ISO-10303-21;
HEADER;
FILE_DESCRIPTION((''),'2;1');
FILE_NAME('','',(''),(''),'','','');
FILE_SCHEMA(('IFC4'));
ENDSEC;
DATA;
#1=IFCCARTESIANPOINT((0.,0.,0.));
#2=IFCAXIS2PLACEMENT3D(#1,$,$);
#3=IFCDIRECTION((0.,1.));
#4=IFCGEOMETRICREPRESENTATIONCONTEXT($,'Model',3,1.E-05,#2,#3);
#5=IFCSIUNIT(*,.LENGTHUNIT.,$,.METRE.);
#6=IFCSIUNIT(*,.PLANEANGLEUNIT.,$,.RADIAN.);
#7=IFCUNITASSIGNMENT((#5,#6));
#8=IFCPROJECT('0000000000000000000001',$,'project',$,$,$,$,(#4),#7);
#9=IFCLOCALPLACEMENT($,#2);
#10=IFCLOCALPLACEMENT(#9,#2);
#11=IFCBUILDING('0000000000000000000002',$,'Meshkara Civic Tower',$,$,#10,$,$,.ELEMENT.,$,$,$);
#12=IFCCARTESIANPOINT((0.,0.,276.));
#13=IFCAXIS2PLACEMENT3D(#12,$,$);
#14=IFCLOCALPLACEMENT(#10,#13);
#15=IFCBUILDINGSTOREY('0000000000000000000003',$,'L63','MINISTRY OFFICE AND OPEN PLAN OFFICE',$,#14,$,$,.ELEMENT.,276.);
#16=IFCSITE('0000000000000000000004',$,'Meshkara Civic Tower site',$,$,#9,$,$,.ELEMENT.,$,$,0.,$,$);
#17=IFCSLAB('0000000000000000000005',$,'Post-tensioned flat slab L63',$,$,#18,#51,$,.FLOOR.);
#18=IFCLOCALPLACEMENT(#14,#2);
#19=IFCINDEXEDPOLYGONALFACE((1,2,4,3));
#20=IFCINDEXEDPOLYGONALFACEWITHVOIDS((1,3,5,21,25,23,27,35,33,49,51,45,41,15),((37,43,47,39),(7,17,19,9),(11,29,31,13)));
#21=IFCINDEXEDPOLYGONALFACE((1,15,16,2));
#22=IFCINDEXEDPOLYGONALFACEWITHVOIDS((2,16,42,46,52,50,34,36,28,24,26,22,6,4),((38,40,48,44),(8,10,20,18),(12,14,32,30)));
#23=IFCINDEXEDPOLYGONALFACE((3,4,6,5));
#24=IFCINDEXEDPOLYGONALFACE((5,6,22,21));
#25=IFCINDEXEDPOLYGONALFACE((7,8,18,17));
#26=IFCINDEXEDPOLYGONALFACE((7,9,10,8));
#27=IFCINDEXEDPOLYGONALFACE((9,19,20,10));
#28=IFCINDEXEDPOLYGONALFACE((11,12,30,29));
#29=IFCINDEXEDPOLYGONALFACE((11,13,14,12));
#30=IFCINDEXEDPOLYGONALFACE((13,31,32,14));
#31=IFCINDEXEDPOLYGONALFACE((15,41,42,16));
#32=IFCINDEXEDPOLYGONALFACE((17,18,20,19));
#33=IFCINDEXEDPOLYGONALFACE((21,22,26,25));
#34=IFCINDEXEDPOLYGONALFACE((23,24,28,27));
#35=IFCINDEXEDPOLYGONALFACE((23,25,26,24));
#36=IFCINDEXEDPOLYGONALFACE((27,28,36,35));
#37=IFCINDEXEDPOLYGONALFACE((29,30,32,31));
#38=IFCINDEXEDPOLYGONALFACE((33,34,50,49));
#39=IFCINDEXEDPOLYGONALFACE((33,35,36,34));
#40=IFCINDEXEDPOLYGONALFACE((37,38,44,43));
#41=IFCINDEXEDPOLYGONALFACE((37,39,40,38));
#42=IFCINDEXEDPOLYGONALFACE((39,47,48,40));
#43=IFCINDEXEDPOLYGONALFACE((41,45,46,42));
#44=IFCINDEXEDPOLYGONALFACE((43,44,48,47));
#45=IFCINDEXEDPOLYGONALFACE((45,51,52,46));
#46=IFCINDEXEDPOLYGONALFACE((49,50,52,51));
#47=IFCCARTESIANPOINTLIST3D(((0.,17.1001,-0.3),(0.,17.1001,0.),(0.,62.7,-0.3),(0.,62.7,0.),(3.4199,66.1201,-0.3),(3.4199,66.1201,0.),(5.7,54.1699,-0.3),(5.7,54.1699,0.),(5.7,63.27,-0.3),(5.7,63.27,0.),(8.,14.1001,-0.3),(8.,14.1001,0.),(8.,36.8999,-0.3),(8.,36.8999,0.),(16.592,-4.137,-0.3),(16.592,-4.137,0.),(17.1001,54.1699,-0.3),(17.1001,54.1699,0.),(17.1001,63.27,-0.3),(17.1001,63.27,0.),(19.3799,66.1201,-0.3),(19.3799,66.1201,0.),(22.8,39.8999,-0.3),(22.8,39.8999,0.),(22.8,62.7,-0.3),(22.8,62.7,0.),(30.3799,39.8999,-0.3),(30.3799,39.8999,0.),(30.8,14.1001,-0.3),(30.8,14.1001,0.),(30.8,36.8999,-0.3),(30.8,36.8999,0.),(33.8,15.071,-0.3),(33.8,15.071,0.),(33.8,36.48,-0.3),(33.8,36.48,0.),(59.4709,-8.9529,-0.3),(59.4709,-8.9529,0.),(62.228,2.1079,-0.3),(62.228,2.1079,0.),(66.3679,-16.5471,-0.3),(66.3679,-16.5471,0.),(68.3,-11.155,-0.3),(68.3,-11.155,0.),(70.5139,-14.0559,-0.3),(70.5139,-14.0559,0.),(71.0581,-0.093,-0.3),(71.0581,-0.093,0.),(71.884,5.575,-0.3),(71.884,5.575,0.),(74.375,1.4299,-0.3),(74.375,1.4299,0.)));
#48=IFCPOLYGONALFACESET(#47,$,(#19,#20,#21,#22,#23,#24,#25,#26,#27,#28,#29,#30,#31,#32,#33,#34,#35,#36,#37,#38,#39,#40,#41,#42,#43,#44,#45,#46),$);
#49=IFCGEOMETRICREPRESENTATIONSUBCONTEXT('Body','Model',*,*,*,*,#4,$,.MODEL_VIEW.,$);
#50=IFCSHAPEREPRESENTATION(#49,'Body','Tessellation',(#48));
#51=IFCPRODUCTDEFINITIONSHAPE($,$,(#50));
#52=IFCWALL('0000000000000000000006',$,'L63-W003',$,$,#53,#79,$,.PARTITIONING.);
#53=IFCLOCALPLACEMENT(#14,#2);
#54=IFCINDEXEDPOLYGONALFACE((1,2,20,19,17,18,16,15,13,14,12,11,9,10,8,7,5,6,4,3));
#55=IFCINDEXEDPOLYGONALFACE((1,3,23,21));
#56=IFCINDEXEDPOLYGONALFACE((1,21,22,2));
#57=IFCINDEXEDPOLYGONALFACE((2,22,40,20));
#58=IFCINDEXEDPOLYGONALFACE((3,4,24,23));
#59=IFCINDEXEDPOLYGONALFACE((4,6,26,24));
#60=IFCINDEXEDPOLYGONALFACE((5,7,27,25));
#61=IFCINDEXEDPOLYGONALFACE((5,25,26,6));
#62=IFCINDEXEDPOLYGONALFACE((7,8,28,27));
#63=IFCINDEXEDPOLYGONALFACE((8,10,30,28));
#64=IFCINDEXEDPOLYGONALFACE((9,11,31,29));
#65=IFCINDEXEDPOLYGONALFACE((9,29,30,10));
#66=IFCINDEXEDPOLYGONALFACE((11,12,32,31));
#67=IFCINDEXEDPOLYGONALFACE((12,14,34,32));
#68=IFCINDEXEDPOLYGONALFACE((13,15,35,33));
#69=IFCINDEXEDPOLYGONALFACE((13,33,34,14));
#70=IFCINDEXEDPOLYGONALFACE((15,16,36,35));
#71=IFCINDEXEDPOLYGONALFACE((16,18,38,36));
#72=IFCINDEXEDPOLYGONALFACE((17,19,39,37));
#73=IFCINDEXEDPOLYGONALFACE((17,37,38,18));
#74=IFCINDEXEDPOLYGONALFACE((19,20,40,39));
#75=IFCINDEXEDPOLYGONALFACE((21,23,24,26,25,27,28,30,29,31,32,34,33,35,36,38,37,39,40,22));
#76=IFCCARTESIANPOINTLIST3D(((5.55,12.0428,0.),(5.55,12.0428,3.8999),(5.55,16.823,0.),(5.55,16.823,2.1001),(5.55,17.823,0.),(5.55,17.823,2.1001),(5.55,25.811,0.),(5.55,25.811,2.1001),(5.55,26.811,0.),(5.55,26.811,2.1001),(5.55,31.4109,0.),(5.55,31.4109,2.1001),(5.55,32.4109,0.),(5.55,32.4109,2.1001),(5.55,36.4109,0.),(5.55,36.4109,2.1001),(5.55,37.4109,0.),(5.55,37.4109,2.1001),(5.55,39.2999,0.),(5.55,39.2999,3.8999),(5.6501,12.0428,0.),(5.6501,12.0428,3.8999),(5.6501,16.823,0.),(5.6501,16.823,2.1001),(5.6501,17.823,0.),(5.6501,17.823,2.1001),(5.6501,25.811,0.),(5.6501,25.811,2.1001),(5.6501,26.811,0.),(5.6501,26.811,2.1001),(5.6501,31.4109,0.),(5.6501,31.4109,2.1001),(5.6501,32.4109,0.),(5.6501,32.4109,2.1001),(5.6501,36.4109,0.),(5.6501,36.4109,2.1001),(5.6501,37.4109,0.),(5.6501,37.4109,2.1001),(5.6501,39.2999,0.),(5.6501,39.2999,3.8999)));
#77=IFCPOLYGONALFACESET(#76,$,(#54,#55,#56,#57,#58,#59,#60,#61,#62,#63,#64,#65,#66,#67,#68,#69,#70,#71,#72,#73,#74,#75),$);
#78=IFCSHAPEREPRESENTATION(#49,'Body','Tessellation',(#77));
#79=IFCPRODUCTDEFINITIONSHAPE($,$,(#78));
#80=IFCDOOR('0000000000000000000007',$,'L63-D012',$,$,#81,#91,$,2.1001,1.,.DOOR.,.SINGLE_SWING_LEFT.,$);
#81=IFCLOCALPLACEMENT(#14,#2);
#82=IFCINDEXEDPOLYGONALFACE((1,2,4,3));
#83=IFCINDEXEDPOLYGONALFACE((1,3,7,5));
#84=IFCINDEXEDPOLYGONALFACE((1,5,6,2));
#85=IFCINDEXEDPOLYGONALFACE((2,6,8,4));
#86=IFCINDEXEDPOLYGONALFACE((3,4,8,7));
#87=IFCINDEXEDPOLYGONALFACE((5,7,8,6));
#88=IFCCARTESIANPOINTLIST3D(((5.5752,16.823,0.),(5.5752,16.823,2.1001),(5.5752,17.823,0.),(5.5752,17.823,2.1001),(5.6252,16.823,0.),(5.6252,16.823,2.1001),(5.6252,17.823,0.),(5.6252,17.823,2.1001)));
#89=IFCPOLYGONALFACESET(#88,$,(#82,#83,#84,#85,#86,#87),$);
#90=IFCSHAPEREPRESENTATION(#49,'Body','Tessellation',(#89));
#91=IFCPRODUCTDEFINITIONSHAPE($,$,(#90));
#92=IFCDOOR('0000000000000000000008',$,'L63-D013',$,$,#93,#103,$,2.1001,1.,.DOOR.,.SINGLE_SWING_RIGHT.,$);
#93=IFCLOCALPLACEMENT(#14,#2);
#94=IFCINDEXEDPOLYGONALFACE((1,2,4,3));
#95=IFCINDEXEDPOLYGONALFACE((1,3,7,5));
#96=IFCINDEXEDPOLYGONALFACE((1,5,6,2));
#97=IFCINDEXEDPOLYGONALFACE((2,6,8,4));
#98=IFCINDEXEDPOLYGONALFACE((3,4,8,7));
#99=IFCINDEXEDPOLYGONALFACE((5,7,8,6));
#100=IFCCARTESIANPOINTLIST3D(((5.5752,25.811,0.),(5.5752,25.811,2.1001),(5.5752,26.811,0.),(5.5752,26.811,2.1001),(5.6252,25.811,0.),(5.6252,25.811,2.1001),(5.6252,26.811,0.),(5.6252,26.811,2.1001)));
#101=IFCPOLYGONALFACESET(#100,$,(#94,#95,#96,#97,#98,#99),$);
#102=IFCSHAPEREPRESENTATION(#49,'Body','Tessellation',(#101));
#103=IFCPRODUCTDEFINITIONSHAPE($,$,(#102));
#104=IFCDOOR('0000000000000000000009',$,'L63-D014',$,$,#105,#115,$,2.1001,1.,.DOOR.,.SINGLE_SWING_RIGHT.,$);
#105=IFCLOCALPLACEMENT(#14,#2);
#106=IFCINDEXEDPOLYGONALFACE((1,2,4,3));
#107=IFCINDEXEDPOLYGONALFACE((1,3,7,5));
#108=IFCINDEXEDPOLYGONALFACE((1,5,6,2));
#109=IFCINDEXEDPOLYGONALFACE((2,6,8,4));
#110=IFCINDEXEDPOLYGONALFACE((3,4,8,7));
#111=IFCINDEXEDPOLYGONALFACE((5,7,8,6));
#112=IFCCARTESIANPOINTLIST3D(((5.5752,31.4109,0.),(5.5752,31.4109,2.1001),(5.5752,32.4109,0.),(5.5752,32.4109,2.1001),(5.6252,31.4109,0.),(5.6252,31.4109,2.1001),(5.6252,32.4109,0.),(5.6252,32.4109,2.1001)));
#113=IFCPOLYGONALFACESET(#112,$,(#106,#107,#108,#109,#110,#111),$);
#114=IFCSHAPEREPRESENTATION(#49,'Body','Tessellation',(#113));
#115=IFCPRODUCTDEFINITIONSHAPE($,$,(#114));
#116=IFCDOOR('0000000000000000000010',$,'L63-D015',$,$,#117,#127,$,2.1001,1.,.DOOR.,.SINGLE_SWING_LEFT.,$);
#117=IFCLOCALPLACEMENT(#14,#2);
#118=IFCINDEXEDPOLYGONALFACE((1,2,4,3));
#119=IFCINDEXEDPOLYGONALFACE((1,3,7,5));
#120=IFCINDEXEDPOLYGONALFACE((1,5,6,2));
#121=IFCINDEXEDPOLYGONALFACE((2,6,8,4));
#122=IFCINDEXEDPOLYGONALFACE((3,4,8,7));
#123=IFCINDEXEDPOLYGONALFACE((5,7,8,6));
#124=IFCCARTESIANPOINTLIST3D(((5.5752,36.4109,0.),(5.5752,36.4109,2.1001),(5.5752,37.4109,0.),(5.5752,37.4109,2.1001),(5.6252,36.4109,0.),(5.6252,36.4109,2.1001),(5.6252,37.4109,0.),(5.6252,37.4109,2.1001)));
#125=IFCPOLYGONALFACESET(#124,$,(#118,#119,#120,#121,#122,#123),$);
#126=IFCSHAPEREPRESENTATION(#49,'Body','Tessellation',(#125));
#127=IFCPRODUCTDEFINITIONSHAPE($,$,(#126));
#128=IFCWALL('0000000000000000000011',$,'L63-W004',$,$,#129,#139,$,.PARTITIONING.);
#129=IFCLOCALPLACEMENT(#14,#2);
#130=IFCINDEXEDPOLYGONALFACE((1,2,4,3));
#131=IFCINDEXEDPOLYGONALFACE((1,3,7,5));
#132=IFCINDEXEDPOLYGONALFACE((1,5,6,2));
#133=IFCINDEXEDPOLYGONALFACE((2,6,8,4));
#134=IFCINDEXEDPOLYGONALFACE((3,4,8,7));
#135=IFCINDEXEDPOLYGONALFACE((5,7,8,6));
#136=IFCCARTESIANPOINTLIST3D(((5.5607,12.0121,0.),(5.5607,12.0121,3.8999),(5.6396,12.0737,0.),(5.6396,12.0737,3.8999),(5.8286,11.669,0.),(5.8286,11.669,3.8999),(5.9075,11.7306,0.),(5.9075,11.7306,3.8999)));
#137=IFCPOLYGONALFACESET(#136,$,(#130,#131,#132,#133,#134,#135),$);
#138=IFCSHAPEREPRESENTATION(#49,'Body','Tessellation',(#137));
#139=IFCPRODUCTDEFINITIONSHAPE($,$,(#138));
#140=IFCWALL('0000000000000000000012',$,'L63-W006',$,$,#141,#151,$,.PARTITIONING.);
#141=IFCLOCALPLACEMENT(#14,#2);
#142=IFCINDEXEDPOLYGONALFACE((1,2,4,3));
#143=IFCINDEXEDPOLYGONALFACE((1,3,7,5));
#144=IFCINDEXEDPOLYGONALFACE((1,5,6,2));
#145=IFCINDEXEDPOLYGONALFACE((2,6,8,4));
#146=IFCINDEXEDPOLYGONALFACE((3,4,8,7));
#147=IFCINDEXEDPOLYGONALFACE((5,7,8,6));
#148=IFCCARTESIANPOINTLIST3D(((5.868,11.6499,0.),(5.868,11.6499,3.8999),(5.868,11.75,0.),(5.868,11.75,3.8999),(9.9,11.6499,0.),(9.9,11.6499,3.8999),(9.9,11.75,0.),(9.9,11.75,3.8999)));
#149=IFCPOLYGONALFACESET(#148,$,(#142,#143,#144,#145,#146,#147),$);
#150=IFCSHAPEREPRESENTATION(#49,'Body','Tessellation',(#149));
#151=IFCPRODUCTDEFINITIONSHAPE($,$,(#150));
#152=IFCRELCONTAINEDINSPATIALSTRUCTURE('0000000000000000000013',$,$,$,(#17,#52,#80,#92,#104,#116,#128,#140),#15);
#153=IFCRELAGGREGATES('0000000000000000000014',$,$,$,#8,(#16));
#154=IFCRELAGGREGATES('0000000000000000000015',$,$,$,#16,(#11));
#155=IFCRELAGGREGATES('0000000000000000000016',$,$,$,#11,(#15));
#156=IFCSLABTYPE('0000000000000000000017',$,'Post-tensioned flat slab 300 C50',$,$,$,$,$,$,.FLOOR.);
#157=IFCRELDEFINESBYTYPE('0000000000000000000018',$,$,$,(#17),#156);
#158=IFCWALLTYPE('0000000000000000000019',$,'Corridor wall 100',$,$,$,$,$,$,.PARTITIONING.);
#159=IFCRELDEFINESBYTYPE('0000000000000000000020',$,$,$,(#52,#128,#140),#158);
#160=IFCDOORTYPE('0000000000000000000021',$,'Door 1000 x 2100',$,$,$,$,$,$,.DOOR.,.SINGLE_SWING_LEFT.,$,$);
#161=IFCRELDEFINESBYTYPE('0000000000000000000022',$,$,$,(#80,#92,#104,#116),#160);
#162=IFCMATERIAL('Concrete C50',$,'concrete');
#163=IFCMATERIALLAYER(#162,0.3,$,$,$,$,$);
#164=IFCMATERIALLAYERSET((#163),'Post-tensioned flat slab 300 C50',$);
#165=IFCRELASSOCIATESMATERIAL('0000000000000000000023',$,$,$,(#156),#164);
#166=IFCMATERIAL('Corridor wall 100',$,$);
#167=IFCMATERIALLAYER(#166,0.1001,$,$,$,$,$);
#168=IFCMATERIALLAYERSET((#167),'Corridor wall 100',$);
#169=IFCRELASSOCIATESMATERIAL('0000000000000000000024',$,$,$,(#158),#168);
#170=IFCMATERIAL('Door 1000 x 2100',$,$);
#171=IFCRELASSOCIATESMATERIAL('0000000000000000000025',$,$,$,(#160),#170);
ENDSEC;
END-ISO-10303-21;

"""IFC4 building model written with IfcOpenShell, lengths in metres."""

from ifc_helpers import new_model, si_unit, direction, frame, frame_2d, origin, place, context, subcontext, project, spatial, polyline, rectangle, outline, extrude, material, layer, layer_set, type_object, element, fill, save


model = new_model("IFC4")

# Units and contexts
model_context = context("Model", 3, precision=1e-05, world=origin(), true_north=direction((0.0, 1.0)))
body_context = subcontext(model_context, "Body", "Model", "MODEL_VIEW")
ifc_project = project(units=[si_unit("LENGTHUNIT", "METRE"), si_unit("PLANEANGLEUNIT", "RADIAN")], contexts=[model_context])

# Site, building, storey
site_placement = place(None, origin())
site = spatial("IfcSite", under=ifc_project, at=site_placement, Name="Meshkara Civic Tower site", CompositionType="ELEMENT", RefElevation=0.0)
building_placement = place(site_placement, origin())
building = spatial("IfcBuilding", under=site, at=building_placement, Name="Meshkara Civic Tower", CompositionType="ELEMENT")
storey_placement = place(building_placement, frame((0.0, 0.0, 276.0)))
storey = spatial("IfcBuildingStorey", under=building, at=storey_placement, Name="L63", Description="MINISTRY OFFICE AND OPEN PLAN OFFICE", CompositionType="ELEMENT", Elevation=276.0)

# Slab
ifc_material_1 = material(Name="Concrete C50", Category="concrete")
ifc_layer_1 = layer(ifc_material_1, 0.3)
ifc_layer_set_1 = layer_set([ifc_layer_1], Name="Post-tensioned flat slab 300 C50")
slab_type_1 = type_object("IfcSlabType", Name="Post-tensioned flat slab 300 C50", PredefinedType="FLOOR", material=ifc_layer_set_1)
slab_1_placement = place(storey_placement, frame((0.0, 0.0, -0.3)))
element("IfcSlab", 1, at=slab_1_placement, inside=storey, type_object=slab_type_1, Name="Post-tensioned flat slab L63", PredefinedType="FLOOR", context=body_context, shape_type="SweptSolid", body=[
    extrude(outline(polyline([(70.5139, -14.0559), (66.3679, -16.5471), (16.592, -4.137), (0.0, 17.1001), (0.0, 62.7), (3.4199, 66.1201), (19.3799, 66.1201), (22.8, 62.7), (22.8, 39.8999), (30.3799, 39.8999), (33.8, 36.48), (33.8, 15.071), (71.884, 5.575), (74.375, 1.4299), (70.5139, -14.0559)]), holes=[polyline([(68.3, -11.155), (71.0581, -0.093), (62.228, 2.1079), (59.4709, -8.9529), (68.3, -11.155)]), polyline([(8.0, 14.1001), (30.8, 14.1001), (30.8, 36.8999), (8.0, 36.8999), (8.0, 14.1001)]), polyline([(5.7, 63.27), (5.7, 54.1699), (17.1001, 54.1699), (17.1001, 63.27), (5.7, 63.27)])]), origin(), (0.0, 0.0, 1.0), 0.3),
])

# Wall, openings, doors
ifc_material_2 = material(Name="Corridor wall 100")
ifc_layer_2 = layer(ifc_material_2, 0.1001)
ifc_layer_set_2 = layer_set([ifc_layer_2], Name="Corridor wall 100")
wall_type_1 = type_object("IfcWallType", Name="Corridor wall 100", PredefinedType="PARTITIONING", material=ifc_layer_set_2)
wall_1_placement = place(storey_placement, frame((5.6001, 12.043, 0.0), z_axis=(0.0, 0.0, 1.0), x_axis=(0.0, 1.0, 0.0)))
wall_1 = element("IfcWall", 2, at=wall_1_placement, inside=storey, type_object=wall_type_1, Name="L63-W003", PredefinedType="PARTITIONING", context=body_context, shape_type="SweptSolid", body=[
    extrude(rectangle(XDim=27.2571, YDim=0.1001, at=frame_2d((13.6284, 0.0))), origin(), (0.0, 0.0, 1.0), 3.8999),
])
opening_1_placement = place(wall_1_placement, frame((4.78, 0.0, 0.0)))
opening_1 = element("IfcOpeningElement", 3, at=opening_1_placement, cuts=wall_1, PredefinedType="OPENING", context=body_context, shape_type="SweptSolid", body=[
    extrude(rectangle(XDim=1.0, YDim=2.1001, at=frame_2d((0.5, 1.05))), frame((0.0, 0.0601, 0.0), z_axis=(0.0, -1.0, 0.0), x_axis=(1.0, 0.0, 0.0)), (0.0, 0.0, 1.0), 0.1201),
])
opening_2_placement = place(wall_1_placement, frame((13.7681, 0.0, 0.0)))
opening_2 = element("IfcOpeningElement", 4, at=opening_2_placement, cuts=wall_1, PredefinedType="OPENING", context=body_context, shape_type="SweptSolid", body=[
    extrude(rectangle(XDim=1.0, YDim=2.1001, at=frame_2d((0.5, 1.05))), frame((0.0, 0.0601, 0.0), z_axis=(0.0, -1.0, 0.0), x_axis=(1.0, 0.0, 0.0)), (0.0, 0.0, 1.0), 0.1201),
])
opening_3_placement = place(wall_1_placement, frame((19.3679, 0.0, 0.0)))
opening_3 = element("IfcOpeningElement", 5, at=opening_3_placement, cuts=wall_1, PredefinedType="OPENING", context=body_context, shape_type="SweptSolid", body=[
    extrude(rectangle(XDim=1.0, YDim=2.1001, at=frame_2d((0.5, 1.05))), frame((0.0, 0.0601, 0.0), z_axis=(0.0, -1.0, 0.0), x_axis=(1.0, 0.0, 0.0)), (0.0, 0.0, 1.0), 0.1201),
])
opening_4_placement = place(wall_1_placement, frame((24.3679, 0.0, 0.0)))
opening_4 = element("IfcOpeningElement", 6, at=opening_4_placement, cuts=wall_1, PredefinedType="OPENING", context=body_context, shape_type="SweptSolid", body=[
    extrude(rectangle(XDim=1.0, YDim=2.1001, at=frame_2d((0.5, 1.05))), frame((0.0, 0.0601, 0.0), z_axis=(0.0, -1.0, 0.0), x_axis=(1.0, 0.0, 0.0)), (0.0, 0.0, 1.0), 0.1201),
])
ifc_material_3 = material(Name="Door 1000 x 2100")
door_type = type_object("IfcDoorType", Name="Door 1000 x 2100", OperationType="SINGLE_SWING_LEFT", PredefinedType="DOOR", material=ifc_material_3)
door_1_placement = place(opening_1_placement, origin())
door_1 = element("IfcDoor", 7, at=door_1_placement, inside=storey, type_object=door_type, Name="L63-D012", OperationType="SINGLE_SWING_LEFT", OverallHeight=2.1001, OverallWidth=1.0, PredefinedType="DOOR", context=body_context, shape_type="SweptSolid", body=[
    extrude(rectangle(XDim=1.0, YDim=2.1001, at=frame_2d((0.5, 1.05))), frame((0.0, 0.0249, 0.0), z_axis=(0.0, -1.0, 0.0), x_axis=(1.0, 0.0, 0.0)), (0.0, 0.0, 1.0), 0.05),
])
fill(opening_1, door_1)
door_2_placement = place(opening_2_placement, origin())
door_2 = element("IfcDoor", 8, at=door_2_placement, inside=storey, type_object=door_type, Name="L63-D013", OperationType="SINGLE_SWING_RIGHT", OverallHeight=2.1001, OverallWidth=1.0, PredefinedType="DOOR", context=body_context, shape_type="SweptSolid", body=[
    extrude(rectangle(XDim=1.0, YDim=2.1001, at=frame_2d((0.5, 1.05))), frame((0.0, 0.0249, 0.0), z_axis=(0.0, -1.0, 0.0), x_axis=(1.0, 0.0, 0.0)), (0.0, 0.0, 1.0), 0.05),
])
fill(opening_2, door_2)
door_3_placement = place(opening_3_placement, origin())
door_3 = element("IfcDoor", 9, at=door_3_placement, inside=storey, type_object=door_type, Name="L63-D014", OperationType="SINGLE_SWING_RIGHT", OverallHeight=2.1001, OverallWidth=1.0, PredefinedType="DOOR", context=body_context, shape_type="SweptSolid", body=[
    extrude(rectangle(XDim=1.0, YDim=2.1001, at=frame_2d((0.5, 1.05))), frame((0.0, 0.0249, 0.0), z_axis=(0.0, -1.0, 0.0), x_axis=(1.0, 0.0, 0.0)), (0.0, 0.0, 1.0), 0.05),
])
fill(opening_3, door_3)
door_4_placement = place(opening_4_placement, origin())
door_4 = element("IfcDoor", 10, at=door_4_placement, inside=storey, type_object=door_type, Name="L63-D015", OperationType="SINGLE_SWING_LEFT", OverallHeight=2.1001, OverallWidth=1.0, PredefinedType="DOOR", context=body_context, shape_type="SweptSolid", body=[
    extrude(rectangle(XDim=1.0, YDim=2.1001, at=frame_2d((0.5, 1.05))), frame((0.0, 0.0249, 0.0), z_axis=(0.0, -1.0, 0.0), x_axis=(1.0, 0.0, 0.0)), (0.0, 0.0, 1.0), 0.05),
])
fill(opening_4, door_4)

# Walls
wall_2_placement = place(storey_placement, frame((5.6001, 12.043, 0.0), z_axis=(0.0, 0.0, 1.0), x_axis=(0.615415, -0.788203, 0.0)))
element("IfcWall", 11, at=wall_2_placement, inside=storey, type_object=wall_type_1, Name="L63-W004", PredefinedType="PARTITIONING", context=body_context, shape_type="SweptSolid", body=[
    extrude(rectangle(XDim=0.4353, YDim=0.1001, at=frame_2d((0.2178, 0.0))), origin(), (0.0, 0.0, 1.0), 3.8999),
])
wall_3_placement = place(storey_placement, frame((5.8679, 11.7, 0.0), z_axis=(0.0, 0.0, 1.0), x_axis=(1.0, 0.0, 0.0)))
element("IfcWall", 12, at=wall_3_placement, inside=storey, type_object=wall_type_1, Name="L63-W006", PredefinedType="PARTITIONING", context=body_context, shape_type="SweptSolid", body=[
    extrude(rectangle(XDim=4.032, YDim=0.1001, at=frame_2d((2.0161, 0.0))), origin(), (0.0, 0.0, 1.0), 3.8999),
])

save(model, "model.ifc")
